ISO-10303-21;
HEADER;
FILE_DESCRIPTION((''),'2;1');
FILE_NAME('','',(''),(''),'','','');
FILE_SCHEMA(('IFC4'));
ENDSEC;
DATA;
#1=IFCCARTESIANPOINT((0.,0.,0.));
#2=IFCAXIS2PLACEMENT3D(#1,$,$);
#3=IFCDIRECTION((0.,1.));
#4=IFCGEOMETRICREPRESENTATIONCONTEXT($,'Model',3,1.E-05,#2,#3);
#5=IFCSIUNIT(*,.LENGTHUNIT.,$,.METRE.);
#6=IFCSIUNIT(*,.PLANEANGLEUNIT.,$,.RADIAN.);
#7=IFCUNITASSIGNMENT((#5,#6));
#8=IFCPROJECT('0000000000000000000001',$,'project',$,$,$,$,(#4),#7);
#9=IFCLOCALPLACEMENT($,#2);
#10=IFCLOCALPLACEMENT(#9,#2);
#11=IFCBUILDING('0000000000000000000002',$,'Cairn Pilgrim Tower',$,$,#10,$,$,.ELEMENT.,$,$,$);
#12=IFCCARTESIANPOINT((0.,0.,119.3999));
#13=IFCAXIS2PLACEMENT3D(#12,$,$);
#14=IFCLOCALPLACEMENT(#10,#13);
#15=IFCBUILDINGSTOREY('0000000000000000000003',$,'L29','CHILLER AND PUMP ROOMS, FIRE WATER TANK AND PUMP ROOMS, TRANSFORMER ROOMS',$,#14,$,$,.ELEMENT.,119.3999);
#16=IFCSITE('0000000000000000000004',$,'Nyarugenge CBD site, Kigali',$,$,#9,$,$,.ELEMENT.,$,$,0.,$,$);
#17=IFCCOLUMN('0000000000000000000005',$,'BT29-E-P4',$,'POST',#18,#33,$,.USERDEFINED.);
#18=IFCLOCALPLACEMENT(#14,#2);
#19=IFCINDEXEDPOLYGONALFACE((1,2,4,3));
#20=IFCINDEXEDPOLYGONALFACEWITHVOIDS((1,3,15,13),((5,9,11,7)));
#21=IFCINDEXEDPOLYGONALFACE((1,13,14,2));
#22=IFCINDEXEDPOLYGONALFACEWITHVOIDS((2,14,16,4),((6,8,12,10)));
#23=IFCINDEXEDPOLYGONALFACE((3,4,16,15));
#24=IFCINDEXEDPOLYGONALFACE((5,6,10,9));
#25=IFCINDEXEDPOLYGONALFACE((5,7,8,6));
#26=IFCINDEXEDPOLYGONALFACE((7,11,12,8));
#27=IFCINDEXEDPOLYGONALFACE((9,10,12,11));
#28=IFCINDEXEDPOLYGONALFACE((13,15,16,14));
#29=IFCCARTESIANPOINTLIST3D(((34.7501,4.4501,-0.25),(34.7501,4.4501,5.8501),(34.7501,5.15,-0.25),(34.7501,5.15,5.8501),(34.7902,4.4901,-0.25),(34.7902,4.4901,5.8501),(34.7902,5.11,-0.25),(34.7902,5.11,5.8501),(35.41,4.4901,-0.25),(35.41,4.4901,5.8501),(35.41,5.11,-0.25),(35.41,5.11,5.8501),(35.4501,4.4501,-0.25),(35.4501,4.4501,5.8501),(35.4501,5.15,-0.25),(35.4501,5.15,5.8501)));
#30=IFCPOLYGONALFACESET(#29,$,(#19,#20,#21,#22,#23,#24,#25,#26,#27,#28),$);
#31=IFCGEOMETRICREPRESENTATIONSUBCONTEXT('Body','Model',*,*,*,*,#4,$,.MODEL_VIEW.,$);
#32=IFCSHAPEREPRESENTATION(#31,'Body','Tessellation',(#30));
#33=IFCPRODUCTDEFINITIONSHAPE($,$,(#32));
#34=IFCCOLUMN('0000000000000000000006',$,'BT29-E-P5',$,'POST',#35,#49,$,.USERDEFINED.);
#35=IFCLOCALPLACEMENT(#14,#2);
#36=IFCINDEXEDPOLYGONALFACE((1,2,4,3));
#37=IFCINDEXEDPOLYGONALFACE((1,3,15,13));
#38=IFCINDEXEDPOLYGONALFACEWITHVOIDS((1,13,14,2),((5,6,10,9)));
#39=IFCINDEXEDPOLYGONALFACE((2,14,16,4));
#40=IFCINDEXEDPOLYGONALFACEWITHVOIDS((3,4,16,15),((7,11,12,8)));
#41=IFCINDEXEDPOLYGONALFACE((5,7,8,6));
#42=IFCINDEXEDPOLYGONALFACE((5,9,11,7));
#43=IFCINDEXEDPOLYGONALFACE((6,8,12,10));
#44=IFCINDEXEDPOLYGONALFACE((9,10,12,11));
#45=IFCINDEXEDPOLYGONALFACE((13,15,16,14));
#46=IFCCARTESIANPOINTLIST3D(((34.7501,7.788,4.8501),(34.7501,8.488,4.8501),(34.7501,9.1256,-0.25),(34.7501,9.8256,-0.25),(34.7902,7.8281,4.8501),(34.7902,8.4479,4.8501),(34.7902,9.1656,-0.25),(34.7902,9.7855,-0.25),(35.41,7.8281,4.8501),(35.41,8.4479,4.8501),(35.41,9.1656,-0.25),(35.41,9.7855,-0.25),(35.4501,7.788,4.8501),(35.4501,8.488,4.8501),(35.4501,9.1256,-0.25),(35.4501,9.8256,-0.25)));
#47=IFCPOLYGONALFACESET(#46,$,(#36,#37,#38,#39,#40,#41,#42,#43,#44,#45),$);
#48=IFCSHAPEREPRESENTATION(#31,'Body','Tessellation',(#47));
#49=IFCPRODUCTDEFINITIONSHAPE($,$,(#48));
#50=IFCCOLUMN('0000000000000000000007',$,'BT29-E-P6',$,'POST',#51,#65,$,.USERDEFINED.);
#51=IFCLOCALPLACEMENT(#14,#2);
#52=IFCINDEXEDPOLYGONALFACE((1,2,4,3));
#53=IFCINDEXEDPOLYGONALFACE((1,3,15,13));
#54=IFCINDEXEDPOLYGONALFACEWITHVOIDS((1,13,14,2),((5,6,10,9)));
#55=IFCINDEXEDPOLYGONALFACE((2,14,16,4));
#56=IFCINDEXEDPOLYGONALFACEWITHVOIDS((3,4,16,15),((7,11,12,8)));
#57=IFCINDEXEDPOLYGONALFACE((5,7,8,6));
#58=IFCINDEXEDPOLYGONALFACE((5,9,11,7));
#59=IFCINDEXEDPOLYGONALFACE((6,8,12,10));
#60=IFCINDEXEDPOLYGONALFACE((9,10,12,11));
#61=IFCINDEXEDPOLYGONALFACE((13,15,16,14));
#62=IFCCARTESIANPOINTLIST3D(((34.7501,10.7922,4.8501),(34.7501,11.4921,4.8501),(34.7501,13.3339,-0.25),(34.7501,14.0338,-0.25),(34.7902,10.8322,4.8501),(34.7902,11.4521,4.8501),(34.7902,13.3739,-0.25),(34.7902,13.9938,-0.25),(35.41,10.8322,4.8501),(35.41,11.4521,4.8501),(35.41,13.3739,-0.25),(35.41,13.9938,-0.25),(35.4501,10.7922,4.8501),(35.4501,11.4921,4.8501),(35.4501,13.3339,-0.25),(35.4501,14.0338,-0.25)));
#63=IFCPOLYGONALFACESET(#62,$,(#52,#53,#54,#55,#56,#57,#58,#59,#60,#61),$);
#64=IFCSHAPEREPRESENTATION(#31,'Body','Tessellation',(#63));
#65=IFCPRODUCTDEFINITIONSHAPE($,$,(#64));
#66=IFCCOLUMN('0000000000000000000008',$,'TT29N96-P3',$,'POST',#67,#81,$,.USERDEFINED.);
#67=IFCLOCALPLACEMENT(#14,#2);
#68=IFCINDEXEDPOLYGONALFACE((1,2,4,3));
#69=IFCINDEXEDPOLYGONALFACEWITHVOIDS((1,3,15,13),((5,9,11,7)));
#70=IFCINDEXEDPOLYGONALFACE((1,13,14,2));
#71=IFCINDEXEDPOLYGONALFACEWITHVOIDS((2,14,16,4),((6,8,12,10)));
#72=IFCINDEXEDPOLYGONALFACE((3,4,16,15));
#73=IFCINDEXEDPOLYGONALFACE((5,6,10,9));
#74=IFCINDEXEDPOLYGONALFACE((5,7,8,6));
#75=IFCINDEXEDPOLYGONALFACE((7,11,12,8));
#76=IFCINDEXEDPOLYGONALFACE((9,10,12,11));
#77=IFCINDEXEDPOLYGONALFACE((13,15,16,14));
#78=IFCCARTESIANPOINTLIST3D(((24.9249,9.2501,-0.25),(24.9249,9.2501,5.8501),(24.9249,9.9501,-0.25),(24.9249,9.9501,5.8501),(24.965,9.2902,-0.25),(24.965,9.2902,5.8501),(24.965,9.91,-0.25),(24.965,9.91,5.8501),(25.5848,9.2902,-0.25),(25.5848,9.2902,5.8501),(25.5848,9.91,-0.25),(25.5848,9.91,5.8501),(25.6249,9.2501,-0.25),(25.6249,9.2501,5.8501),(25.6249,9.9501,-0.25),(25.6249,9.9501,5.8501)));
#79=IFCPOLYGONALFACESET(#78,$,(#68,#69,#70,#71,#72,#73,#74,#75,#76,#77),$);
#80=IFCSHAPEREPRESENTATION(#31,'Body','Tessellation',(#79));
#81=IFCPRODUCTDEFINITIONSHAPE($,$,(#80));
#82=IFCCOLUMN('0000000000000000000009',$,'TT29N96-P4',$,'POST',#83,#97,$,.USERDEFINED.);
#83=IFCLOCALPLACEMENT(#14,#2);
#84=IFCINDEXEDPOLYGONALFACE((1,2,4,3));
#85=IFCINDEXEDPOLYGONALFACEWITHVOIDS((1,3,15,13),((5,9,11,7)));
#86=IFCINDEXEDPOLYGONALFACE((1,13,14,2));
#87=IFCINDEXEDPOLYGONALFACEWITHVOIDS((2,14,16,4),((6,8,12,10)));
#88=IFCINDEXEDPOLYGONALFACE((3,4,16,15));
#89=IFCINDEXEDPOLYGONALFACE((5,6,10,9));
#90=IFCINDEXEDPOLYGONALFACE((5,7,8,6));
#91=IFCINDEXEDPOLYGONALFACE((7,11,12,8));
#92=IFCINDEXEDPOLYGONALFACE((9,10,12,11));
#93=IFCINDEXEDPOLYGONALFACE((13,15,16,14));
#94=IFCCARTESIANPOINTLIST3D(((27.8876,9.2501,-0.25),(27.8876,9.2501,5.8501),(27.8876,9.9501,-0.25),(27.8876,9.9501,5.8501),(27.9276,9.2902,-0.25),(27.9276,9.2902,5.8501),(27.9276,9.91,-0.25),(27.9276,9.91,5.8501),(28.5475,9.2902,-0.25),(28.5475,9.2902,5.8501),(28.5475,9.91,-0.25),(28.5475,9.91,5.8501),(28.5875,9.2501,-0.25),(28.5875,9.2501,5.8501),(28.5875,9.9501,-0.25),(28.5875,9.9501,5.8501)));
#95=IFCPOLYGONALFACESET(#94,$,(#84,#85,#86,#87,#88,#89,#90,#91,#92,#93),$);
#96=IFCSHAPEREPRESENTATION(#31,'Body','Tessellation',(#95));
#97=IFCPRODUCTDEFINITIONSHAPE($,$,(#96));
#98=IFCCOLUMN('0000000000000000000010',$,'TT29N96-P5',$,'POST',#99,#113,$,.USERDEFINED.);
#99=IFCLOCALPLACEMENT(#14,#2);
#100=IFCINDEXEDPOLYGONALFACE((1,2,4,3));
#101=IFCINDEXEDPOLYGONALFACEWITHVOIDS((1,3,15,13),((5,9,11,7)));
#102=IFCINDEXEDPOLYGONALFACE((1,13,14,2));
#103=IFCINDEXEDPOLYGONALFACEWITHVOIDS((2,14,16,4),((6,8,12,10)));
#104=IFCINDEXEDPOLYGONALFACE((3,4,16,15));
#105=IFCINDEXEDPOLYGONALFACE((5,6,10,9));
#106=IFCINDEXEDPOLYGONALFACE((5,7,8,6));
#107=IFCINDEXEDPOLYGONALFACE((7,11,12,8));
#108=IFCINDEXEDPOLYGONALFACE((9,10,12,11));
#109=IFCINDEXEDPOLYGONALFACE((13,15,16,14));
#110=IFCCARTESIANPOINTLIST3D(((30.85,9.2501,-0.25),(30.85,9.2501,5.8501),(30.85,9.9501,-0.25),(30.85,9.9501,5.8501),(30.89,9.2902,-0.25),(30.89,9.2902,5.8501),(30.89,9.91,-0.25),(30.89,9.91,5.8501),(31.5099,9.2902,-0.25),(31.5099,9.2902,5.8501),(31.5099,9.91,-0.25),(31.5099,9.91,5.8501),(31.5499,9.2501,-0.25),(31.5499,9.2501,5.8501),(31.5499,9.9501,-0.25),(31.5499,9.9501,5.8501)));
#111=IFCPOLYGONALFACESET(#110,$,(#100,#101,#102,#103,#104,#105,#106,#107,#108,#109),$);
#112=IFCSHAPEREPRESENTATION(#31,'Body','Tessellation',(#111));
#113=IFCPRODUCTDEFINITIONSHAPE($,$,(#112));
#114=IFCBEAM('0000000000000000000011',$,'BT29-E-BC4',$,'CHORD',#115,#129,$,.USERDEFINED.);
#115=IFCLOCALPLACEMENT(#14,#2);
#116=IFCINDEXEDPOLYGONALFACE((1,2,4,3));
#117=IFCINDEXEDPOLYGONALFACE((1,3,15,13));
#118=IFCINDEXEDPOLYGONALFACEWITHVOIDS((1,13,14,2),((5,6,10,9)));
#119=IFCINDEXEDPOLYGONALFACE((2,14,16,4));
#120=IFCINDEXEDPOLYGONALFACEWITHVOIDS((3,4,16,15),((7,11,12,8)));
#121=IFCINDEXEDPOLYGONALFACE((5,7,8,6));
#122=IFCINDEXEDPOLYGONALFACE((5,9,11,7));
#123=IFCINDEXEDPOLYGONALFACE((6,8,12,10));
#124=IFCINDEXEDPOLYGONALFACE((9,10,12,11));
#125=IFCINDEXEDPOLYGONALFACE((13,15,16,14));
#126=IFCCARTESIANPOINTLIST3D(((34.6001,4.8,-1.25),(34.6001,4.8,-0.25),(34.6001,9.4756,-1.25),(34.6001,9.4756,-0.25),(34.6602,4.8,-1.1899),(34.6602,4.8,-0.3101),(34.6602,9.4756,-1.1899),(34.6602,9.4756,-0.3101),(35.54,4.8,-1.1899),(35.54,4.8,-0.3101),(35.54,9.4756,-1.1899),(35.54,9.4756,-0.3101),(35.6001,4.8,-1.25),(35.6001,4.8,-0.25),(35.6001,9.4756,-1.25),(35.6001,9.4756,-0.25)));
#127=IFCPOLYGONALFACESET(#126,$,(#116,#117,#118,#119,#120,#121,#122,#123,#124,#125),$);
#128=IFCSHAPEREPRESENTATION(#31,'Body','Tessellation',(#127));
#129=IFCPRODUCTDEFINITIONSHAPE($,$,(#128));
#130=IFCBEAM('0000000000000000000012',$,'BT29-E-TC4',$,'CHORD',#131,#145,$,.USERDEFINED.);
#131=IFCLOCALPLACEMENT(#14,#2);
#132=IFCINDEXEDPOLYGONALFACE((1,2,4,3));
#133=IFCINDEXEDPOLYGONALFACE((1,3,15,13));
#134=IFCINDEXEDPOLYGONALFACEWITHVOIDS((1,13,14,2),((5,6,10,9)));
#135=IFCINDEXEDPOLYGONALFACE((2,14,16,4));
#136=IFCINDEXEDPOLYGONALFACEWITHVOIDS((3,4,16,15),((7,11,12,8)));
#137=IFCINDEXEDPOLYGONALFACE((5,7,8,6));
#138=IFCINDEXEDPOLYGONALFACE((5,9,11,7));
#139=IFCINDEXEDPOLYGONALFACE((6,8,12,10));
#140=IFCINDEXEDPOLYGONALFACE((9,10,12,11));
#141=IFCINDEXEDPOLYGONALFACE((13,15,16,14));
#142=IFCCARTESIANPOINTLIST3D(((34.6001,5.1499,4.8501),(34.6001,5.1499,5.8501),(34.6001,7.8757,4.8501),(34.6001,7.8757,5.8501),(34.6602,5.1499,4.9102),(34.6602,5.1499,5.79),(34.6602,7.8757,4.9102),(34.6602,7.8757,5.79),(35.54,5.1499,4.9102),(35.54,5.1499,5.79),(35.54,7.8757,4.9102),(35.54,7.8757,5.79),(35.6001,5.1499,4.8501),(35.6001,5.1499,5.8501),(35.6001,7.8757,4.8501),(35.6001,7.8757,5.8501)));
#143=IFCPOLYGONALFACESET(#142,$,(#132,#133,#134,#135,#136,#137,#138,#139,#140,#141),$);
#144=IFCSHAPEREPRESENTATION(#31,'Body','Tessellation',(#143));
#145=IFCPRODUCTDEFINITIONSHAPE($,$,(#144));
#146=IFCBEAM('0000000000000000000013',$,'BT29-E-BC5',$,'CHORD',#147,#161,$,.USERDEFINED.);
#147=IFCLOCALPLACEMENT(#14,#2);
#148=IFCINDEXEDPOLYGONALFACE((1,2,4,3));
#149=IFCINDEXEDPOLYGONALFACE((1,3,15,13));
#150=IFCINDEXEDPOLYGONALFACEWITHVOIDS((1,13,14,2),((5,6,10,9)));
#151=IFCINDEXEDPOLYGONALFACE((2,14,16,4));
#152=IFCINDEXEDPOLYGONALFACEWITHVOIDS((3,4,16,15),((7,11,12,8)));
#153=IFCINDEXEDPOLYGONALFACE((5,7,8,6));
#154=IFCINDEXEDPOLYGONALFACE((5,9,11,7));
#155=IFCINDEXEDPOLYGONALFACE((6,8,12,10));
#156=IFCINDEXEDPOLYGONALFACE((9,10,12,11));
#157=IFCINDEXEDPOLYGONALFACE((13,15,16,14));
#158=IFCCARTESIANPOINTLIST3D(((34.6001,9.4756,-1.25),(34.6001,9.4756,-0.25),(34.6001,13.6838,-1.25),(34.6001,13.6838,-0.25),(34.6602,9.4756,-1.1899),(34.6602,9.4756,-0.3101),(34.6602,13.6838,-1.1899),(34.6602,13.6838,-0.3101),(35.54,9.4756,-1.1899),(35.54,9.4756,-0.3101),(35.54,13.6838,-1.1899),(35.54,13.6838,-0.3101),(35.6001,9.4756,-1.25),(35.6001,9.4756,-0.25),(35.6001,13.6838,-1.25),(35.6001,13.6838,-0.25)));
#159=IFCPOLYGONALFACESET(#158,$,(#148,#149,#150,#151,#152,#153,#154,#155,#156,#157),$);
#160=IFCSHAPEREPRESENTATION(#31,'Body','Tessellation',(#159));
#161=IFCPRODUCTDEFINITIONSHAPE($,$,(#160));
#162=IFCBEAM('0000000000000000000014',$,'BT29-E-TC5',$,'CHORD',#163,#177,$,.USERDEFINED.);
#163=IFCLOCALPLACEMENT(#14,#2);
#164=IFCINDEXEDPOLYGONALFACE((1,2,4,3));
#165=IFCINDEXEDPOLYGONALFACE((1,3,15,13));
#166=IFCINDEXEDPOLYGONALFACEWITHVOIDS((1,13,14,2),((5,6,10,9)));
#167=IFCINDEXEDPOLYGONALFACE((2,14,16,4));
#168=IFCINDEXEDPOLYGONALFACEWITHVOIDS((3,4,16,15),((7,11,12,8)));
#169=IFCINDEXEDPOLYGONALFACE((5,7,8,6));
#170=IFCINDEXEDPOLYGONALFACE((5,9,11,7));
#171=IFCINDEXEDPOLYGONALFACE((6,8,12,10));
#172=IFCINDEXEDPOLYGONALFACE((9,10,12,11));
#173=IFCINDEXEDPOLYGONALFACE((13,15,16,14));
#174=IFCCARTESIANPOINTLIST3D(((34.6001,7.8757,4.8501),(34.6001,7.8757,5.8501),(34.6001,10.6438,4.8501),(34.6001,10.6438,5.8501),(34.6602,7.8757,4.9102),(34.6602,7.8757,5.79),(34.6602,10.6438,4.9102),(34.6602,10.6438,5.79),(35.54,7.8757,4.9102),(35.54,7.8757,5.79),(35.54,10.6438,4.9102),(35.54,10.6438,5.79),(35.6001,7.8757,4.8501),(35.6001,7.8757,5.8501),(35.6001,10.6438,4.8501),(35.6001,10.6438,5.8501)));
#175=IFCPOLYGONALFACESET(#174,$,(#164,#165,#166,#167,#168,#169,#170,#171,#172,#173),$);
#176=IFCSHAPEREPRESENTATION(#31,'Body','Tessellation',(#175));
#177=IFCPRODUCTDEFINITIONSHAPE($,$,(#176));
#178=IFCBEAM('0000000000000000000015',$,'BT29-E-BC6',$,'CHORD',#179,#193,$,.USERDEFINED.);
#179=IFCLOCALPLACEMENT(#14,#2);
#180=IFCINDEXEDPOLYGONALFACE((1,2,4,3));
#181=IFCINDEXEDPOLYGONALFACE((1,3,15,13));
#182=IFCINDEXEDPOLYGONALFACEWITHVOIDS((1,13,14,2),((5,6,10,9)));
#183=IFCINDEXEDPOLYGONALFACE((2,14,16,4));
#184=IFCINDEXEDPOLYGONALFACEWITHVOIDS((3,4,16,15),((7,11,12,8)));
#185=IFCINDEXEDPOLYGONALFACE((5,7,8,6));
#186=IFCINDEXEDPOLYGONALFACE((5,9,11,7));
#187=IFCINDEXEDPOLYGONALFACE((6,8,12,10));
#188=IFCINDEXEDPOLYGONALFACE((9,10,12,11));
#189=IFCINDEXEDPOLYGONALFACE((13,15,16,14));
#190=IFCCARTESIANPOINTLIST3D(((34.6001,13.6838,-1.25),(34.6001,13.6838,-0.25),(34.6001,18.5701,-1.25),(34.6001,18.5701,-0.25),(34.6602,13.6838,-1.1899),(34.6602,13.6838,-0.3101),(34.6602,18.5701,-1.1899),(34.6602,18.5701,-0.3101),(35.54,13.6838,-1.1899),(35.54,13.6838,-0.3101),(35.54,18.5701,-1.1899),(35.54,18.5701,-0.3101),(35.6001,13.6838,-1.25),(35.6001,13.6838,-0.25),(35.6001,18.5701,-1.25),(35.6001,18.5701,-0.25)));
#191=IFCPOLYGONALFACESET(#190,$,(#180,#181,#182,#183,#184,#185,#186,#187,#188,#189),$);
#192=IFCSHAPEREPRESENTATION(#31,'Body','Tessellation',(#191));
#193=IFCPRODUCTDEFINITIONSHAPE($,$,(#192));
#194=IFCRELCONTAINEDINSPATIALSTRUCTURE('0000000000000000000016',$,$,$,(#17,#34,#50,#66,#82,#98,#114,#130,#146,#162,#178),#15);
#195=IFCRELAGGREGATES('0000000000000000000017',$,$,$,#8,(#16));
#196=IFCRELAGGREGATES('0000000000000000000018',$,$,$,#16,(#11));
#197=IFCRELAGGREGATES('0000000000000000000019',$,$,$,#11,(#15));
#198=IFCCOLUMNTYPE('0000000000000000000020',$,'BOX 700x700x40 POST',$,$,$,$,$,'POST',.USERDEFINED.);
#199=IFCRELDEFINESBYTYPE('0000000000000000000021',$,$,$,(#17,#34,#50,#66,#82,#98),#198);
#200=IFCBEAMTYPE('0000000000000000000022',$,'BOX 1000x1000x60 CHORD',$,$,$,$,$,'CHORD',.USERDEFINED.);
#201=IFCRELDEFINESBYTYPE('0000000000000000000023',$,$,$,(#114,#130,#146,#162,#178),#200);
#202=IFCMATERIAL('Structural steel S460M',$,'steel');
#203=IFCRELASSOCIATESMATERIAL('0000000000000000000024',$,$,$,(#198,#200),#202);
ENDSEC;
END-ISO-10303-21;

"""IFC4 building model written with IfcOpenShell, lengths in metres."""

from ifc_helpers import new_model, si_unit, direction, frame, origin, origin_2d, place, context, subcontext, project, spatial, hollow_rectangle, extrude, clip, halfspace, material, material_profile, profile_set, type_object, element, save


model = new_model("IFC4")

# Units and contexts
model_context = context("Model", 3, precision=1e-05, world=origin(), true_north=direction((0.0, 1.0)))
body_context = subcontext(model_context, "Body", "Model", "MODEL_VIEW")
ifc_project = project(units=[si_unit("LENGTHUNIT", "METRE"), si_unit("PLANEANGLEUNIT", "RADIAN")], contexts=[model_context])

# Site, building, storey
site_placement = place(None, origin())
site = spatial("IfcSite", under=ifc_project, at=site_placement, Name="Nyarugenge CBD site, Kigali", CompositionType="ELEMENT", RefElevation=0.0)
building_placement = place(site_placement, origin())
building = spatial("IfcBuilding", under=site, at=building_placement, Name="Cairn Pilgrim Tower", CompositionType="ELEMENT")
storey_placement = place(building_placement, frame((0.0, 0.0, 119.3999)))
storey = spatial("IfcBuildingStorey", under=building, at=storey_placement, Name="L29", Description="CHILLER AND PUMP ROOMS, FIRE WATER TANK AND PUMP ROOMS, TRANSFORMER ROOMS", CompositionType="ELEMENT", Elevation=119.3999)

# Columns
ifc_material_1 = material(Name="Structural steel S460M", Category="steel")
ifc_material_profile_1 = material_profile(ifc_material_1, hollow_rectangle(XDim=0.7, YDim=0.7, WallThickness=0.04, at=origin_2d()), Name="BOX 700x700x40")
ifc_profile_set_1 = profile_set([ifc_material_profile_1], Name="Structural steel S460M")
column_type = type_object("IfcColumnType", Name="BOX 700x700x40 POST", ElementType="POST", PredefinedType="USERDEFINED", material=ifc_profile_set_1)
column_1_placement = place(storey_placement, frame((35.1001, 4.8, -0.25), z_axis=(0.0, 0.0, 1.0), x_axis=(1.0, 0.0, 0.0)))
element("IfcColumn", 1, at=column_1_placement, inside=storey, type_object=column_type, Name="BT29-E-P4", ObjectType="POST", PredefinedType="USERDEFINED", context=body_context, shape_type="SweptSolid", body=[
    extrude(hollow_rectangle(XDim=0.7, YDim=0.7, WallThickness=0.04, at=origin_2d()), origin(), (0.0, 0.0, 1.0), 6.1001),
])
column_2_placement = place(storey_placement, frame((35.1001, 9.4756, -0.25), z_axis=(0.0, 0.0, 1.0), x_axis=(1.0, 0.0, 0.0)))
element("IfcColumn", 2, at=column_2_placement, inside=storey, type_object=column_type, Name="BT29-E-P5", ObjectType="POST", PredefinedType="USERDEFINED", context=body_context, shape_type="Clipping", body=[
    clip(extrude(hollow_rectangle(XDim=0.7, YDim=0.7, WallThickness=0.04, at=origin_2d()), origin(), (0.0, -0.253687, 0.967286), 6.3064), halfspace(frame((0.0, 0.0, 5.1001), z_axis=(0.0, 0.0, 1.0), x_axis=(1.0, 0.0, 0.0)), False)),
])
column_3_placement = place(storey_placement, frame((35.1001, 13.6838, -0.25), z_axis=(0.0, 0.0, 1.0), x_axis=(1.0, 0.0, 0.0)))
element("IfcColumn", 3, at=column_3_placement, inside=storey, type_object=column_type, Name="BT29-E-P6", ObjectType="POST", PredefinedType="USERDEFINED", context=body_context, shape_type="Clipping", body=[
    clip(extrude(hollow_rectangle(XDim=0.7, YDim=0.7, WallThickness=0.04, at=origin_2d()), origin(), (0.0, -0.446038, 0.895014), 6.8157), halfspace(frame((0.0, 0.0, 5.1001), z_axis=(0.0, 0.0, 1.0), x_axis=(1.0, 0.0, 0.0)), False)),
])
for number, where, z_axis, x_axis, name in (
    (4, (25.2749, 9.6001, -0.25), (0.0, 0.0, 1.0), (1.0, 0.0, 0.0), "TT29N96-P3"),
    (5, (28.2375, 9.6001, -0.25), (0.0, 0.0, 1.0), (1.0, 0.0, 0.0), "TT29N96-P4"),
    (6, (31.2, 9.6001, -0.25), (0.0, 0.0, 1.0), (1.0, 0.0, 0.0), "TT29N96-P5"),
):
    element("IfcColumn", number, at=place(storey_placement, frame(where, z_axis=z_axis, x_axis=x_axis)), inside=storey, type_object=column_type, Name=name, ObjectType="POST", PredefinedType="USERDEFINED", context=body_context, shape_type="SweptSolid", body=[
        extrude(hollow_rectangle(XDim=0.7, YDim=0.7, WallThickness=0.04, at=origin_2d()), origin(), (0.0, 0.0, 1.0), 6.1001),
    ])

# Beams
ifc_material_profile_2 = material_profile(ifc_material_1, hollow_rectangle(XDim=1.0, YDim=1.0, WallThickness=0.0601, at=origin_2d()), Name="BOX 1000x1000x60")
ifc_profile_set_2 = profile_set([ifc_material_profile_2], Name="Structural steel S460M")
beam_type_1 = type_object("IfcBeamType", Name="BOX 1000x1000x60 CHORD", ElementType="CHORD", PredefinedType="USERDEFINED", material=ifc_profile_set_2)
beam_1_placement = place(storey_placement, frame((35.1001, 4.8, -0.75), z_axis=(0.0, 1.0, 0.0), x_axis=(-1.0, 0.0, 0.0)))
element("IfcBeam", 7, at=beam_1_placement, inside=storey, type_object=beam_type_1, Name="BT29-E-BC4", ObjectType="CHORD", PredefinedType="USERDEFINED", context=body_context, shape_type="SweptSolid", body=[
    extrude(hollow_rectangle(XDim=1.0, YDim=1.0, WallThickness=0.0601, at=origin_2d()), origin(), (0.0, 0.0, 1.0), 4.6755),
])
beam_2_placement = place(storey_placement, frame((35.1001, 5.1499, 5.3501), z_axis=(0.0, 1.0, 0.0), x_axis=(-1.0, 0.0, 0.0)))
element("IfcBeam", 8, at=beam_2_placement, inside=storey, type_object=beam_type_1, Name="BT29-E-TC4", ObjectType="CHORD", PredefinedType="USERDEFINED", context=body_context, shape_type="SweptSolid", body=[
    extrude(hollow_rectangle(XDim=1.0, YDim=1.0, WallThickness=0.0601, at=origin_2d()), origin(), (0.0, 0.0, 1.0), 2.7258),
])
beam_3_placement = place(storey_placement, frame((35.1001, 9.4756, -0.75), z_axis=(0.0, 1.0, 0.0), x_axis=(-1.0, 0.0, 0.0)))
element("IfcBeam", 9, at=beam_3_placement, inside=storey, type_object=beam_type_1, Name="BT29-E-BC5", ObjectType="CHORD", PredefinedType="USERDEFINED", context=body_context, shape_type="SweptSolid", body=[
    extrude(hollow_rectangle(XDim=1.0, YDim=1.0, WallThickness=0.0601, at=origin_2d()), origin(), (0.0, 0.0, 1.0), 4.2083),
])
beam_4_placement = place(storey_placement, frame((35.1001, 7.8757, 5.3501), z_axis=(0.0, 1.0, 0.0), x_axis=(-1.0, 0.0, 0.0)))
element("IfcBeam", 10, at=beam_4_placement, inside=storey, type_object=beam_type_1, Name="BT29-E-TC5", ObjectType="CHORD", PredefinedType="USERDEFINED", context=body_context, shape_type="SweptSolid", body=[
    extrude(hollow_rectangle(XDim=1.0, YDim=1.0, WallThickness=0.0601, at=origin_2d()), origin(), (0.0, 0.0, 1.0), 2.7681),
])
beam_5_placement = place(storey_placement, frame((35.1001, 13.6838, -0.75), z_axis=(0.0, 1.0, 0.0), x_axis=(-1.0, 0.0, 0.0)))
element("IfcBeam", 11, at=beam_5_placement, inside=storey, type_object=beam_type_1, Name="BT29-E-BC6", ObjectType="CHORD", PredefinedType="USERDEFINED", context=body_context, shape_type="SweptSolid", body=[
    extrude(hollow_rectangle(XDim=1.0, YDim=1.0, WallThickness=0.0601, at=origin_2d()), origin(), (0.0, 0.0, 1.0), 4.8862),
])

save(model, "model.ifc")
